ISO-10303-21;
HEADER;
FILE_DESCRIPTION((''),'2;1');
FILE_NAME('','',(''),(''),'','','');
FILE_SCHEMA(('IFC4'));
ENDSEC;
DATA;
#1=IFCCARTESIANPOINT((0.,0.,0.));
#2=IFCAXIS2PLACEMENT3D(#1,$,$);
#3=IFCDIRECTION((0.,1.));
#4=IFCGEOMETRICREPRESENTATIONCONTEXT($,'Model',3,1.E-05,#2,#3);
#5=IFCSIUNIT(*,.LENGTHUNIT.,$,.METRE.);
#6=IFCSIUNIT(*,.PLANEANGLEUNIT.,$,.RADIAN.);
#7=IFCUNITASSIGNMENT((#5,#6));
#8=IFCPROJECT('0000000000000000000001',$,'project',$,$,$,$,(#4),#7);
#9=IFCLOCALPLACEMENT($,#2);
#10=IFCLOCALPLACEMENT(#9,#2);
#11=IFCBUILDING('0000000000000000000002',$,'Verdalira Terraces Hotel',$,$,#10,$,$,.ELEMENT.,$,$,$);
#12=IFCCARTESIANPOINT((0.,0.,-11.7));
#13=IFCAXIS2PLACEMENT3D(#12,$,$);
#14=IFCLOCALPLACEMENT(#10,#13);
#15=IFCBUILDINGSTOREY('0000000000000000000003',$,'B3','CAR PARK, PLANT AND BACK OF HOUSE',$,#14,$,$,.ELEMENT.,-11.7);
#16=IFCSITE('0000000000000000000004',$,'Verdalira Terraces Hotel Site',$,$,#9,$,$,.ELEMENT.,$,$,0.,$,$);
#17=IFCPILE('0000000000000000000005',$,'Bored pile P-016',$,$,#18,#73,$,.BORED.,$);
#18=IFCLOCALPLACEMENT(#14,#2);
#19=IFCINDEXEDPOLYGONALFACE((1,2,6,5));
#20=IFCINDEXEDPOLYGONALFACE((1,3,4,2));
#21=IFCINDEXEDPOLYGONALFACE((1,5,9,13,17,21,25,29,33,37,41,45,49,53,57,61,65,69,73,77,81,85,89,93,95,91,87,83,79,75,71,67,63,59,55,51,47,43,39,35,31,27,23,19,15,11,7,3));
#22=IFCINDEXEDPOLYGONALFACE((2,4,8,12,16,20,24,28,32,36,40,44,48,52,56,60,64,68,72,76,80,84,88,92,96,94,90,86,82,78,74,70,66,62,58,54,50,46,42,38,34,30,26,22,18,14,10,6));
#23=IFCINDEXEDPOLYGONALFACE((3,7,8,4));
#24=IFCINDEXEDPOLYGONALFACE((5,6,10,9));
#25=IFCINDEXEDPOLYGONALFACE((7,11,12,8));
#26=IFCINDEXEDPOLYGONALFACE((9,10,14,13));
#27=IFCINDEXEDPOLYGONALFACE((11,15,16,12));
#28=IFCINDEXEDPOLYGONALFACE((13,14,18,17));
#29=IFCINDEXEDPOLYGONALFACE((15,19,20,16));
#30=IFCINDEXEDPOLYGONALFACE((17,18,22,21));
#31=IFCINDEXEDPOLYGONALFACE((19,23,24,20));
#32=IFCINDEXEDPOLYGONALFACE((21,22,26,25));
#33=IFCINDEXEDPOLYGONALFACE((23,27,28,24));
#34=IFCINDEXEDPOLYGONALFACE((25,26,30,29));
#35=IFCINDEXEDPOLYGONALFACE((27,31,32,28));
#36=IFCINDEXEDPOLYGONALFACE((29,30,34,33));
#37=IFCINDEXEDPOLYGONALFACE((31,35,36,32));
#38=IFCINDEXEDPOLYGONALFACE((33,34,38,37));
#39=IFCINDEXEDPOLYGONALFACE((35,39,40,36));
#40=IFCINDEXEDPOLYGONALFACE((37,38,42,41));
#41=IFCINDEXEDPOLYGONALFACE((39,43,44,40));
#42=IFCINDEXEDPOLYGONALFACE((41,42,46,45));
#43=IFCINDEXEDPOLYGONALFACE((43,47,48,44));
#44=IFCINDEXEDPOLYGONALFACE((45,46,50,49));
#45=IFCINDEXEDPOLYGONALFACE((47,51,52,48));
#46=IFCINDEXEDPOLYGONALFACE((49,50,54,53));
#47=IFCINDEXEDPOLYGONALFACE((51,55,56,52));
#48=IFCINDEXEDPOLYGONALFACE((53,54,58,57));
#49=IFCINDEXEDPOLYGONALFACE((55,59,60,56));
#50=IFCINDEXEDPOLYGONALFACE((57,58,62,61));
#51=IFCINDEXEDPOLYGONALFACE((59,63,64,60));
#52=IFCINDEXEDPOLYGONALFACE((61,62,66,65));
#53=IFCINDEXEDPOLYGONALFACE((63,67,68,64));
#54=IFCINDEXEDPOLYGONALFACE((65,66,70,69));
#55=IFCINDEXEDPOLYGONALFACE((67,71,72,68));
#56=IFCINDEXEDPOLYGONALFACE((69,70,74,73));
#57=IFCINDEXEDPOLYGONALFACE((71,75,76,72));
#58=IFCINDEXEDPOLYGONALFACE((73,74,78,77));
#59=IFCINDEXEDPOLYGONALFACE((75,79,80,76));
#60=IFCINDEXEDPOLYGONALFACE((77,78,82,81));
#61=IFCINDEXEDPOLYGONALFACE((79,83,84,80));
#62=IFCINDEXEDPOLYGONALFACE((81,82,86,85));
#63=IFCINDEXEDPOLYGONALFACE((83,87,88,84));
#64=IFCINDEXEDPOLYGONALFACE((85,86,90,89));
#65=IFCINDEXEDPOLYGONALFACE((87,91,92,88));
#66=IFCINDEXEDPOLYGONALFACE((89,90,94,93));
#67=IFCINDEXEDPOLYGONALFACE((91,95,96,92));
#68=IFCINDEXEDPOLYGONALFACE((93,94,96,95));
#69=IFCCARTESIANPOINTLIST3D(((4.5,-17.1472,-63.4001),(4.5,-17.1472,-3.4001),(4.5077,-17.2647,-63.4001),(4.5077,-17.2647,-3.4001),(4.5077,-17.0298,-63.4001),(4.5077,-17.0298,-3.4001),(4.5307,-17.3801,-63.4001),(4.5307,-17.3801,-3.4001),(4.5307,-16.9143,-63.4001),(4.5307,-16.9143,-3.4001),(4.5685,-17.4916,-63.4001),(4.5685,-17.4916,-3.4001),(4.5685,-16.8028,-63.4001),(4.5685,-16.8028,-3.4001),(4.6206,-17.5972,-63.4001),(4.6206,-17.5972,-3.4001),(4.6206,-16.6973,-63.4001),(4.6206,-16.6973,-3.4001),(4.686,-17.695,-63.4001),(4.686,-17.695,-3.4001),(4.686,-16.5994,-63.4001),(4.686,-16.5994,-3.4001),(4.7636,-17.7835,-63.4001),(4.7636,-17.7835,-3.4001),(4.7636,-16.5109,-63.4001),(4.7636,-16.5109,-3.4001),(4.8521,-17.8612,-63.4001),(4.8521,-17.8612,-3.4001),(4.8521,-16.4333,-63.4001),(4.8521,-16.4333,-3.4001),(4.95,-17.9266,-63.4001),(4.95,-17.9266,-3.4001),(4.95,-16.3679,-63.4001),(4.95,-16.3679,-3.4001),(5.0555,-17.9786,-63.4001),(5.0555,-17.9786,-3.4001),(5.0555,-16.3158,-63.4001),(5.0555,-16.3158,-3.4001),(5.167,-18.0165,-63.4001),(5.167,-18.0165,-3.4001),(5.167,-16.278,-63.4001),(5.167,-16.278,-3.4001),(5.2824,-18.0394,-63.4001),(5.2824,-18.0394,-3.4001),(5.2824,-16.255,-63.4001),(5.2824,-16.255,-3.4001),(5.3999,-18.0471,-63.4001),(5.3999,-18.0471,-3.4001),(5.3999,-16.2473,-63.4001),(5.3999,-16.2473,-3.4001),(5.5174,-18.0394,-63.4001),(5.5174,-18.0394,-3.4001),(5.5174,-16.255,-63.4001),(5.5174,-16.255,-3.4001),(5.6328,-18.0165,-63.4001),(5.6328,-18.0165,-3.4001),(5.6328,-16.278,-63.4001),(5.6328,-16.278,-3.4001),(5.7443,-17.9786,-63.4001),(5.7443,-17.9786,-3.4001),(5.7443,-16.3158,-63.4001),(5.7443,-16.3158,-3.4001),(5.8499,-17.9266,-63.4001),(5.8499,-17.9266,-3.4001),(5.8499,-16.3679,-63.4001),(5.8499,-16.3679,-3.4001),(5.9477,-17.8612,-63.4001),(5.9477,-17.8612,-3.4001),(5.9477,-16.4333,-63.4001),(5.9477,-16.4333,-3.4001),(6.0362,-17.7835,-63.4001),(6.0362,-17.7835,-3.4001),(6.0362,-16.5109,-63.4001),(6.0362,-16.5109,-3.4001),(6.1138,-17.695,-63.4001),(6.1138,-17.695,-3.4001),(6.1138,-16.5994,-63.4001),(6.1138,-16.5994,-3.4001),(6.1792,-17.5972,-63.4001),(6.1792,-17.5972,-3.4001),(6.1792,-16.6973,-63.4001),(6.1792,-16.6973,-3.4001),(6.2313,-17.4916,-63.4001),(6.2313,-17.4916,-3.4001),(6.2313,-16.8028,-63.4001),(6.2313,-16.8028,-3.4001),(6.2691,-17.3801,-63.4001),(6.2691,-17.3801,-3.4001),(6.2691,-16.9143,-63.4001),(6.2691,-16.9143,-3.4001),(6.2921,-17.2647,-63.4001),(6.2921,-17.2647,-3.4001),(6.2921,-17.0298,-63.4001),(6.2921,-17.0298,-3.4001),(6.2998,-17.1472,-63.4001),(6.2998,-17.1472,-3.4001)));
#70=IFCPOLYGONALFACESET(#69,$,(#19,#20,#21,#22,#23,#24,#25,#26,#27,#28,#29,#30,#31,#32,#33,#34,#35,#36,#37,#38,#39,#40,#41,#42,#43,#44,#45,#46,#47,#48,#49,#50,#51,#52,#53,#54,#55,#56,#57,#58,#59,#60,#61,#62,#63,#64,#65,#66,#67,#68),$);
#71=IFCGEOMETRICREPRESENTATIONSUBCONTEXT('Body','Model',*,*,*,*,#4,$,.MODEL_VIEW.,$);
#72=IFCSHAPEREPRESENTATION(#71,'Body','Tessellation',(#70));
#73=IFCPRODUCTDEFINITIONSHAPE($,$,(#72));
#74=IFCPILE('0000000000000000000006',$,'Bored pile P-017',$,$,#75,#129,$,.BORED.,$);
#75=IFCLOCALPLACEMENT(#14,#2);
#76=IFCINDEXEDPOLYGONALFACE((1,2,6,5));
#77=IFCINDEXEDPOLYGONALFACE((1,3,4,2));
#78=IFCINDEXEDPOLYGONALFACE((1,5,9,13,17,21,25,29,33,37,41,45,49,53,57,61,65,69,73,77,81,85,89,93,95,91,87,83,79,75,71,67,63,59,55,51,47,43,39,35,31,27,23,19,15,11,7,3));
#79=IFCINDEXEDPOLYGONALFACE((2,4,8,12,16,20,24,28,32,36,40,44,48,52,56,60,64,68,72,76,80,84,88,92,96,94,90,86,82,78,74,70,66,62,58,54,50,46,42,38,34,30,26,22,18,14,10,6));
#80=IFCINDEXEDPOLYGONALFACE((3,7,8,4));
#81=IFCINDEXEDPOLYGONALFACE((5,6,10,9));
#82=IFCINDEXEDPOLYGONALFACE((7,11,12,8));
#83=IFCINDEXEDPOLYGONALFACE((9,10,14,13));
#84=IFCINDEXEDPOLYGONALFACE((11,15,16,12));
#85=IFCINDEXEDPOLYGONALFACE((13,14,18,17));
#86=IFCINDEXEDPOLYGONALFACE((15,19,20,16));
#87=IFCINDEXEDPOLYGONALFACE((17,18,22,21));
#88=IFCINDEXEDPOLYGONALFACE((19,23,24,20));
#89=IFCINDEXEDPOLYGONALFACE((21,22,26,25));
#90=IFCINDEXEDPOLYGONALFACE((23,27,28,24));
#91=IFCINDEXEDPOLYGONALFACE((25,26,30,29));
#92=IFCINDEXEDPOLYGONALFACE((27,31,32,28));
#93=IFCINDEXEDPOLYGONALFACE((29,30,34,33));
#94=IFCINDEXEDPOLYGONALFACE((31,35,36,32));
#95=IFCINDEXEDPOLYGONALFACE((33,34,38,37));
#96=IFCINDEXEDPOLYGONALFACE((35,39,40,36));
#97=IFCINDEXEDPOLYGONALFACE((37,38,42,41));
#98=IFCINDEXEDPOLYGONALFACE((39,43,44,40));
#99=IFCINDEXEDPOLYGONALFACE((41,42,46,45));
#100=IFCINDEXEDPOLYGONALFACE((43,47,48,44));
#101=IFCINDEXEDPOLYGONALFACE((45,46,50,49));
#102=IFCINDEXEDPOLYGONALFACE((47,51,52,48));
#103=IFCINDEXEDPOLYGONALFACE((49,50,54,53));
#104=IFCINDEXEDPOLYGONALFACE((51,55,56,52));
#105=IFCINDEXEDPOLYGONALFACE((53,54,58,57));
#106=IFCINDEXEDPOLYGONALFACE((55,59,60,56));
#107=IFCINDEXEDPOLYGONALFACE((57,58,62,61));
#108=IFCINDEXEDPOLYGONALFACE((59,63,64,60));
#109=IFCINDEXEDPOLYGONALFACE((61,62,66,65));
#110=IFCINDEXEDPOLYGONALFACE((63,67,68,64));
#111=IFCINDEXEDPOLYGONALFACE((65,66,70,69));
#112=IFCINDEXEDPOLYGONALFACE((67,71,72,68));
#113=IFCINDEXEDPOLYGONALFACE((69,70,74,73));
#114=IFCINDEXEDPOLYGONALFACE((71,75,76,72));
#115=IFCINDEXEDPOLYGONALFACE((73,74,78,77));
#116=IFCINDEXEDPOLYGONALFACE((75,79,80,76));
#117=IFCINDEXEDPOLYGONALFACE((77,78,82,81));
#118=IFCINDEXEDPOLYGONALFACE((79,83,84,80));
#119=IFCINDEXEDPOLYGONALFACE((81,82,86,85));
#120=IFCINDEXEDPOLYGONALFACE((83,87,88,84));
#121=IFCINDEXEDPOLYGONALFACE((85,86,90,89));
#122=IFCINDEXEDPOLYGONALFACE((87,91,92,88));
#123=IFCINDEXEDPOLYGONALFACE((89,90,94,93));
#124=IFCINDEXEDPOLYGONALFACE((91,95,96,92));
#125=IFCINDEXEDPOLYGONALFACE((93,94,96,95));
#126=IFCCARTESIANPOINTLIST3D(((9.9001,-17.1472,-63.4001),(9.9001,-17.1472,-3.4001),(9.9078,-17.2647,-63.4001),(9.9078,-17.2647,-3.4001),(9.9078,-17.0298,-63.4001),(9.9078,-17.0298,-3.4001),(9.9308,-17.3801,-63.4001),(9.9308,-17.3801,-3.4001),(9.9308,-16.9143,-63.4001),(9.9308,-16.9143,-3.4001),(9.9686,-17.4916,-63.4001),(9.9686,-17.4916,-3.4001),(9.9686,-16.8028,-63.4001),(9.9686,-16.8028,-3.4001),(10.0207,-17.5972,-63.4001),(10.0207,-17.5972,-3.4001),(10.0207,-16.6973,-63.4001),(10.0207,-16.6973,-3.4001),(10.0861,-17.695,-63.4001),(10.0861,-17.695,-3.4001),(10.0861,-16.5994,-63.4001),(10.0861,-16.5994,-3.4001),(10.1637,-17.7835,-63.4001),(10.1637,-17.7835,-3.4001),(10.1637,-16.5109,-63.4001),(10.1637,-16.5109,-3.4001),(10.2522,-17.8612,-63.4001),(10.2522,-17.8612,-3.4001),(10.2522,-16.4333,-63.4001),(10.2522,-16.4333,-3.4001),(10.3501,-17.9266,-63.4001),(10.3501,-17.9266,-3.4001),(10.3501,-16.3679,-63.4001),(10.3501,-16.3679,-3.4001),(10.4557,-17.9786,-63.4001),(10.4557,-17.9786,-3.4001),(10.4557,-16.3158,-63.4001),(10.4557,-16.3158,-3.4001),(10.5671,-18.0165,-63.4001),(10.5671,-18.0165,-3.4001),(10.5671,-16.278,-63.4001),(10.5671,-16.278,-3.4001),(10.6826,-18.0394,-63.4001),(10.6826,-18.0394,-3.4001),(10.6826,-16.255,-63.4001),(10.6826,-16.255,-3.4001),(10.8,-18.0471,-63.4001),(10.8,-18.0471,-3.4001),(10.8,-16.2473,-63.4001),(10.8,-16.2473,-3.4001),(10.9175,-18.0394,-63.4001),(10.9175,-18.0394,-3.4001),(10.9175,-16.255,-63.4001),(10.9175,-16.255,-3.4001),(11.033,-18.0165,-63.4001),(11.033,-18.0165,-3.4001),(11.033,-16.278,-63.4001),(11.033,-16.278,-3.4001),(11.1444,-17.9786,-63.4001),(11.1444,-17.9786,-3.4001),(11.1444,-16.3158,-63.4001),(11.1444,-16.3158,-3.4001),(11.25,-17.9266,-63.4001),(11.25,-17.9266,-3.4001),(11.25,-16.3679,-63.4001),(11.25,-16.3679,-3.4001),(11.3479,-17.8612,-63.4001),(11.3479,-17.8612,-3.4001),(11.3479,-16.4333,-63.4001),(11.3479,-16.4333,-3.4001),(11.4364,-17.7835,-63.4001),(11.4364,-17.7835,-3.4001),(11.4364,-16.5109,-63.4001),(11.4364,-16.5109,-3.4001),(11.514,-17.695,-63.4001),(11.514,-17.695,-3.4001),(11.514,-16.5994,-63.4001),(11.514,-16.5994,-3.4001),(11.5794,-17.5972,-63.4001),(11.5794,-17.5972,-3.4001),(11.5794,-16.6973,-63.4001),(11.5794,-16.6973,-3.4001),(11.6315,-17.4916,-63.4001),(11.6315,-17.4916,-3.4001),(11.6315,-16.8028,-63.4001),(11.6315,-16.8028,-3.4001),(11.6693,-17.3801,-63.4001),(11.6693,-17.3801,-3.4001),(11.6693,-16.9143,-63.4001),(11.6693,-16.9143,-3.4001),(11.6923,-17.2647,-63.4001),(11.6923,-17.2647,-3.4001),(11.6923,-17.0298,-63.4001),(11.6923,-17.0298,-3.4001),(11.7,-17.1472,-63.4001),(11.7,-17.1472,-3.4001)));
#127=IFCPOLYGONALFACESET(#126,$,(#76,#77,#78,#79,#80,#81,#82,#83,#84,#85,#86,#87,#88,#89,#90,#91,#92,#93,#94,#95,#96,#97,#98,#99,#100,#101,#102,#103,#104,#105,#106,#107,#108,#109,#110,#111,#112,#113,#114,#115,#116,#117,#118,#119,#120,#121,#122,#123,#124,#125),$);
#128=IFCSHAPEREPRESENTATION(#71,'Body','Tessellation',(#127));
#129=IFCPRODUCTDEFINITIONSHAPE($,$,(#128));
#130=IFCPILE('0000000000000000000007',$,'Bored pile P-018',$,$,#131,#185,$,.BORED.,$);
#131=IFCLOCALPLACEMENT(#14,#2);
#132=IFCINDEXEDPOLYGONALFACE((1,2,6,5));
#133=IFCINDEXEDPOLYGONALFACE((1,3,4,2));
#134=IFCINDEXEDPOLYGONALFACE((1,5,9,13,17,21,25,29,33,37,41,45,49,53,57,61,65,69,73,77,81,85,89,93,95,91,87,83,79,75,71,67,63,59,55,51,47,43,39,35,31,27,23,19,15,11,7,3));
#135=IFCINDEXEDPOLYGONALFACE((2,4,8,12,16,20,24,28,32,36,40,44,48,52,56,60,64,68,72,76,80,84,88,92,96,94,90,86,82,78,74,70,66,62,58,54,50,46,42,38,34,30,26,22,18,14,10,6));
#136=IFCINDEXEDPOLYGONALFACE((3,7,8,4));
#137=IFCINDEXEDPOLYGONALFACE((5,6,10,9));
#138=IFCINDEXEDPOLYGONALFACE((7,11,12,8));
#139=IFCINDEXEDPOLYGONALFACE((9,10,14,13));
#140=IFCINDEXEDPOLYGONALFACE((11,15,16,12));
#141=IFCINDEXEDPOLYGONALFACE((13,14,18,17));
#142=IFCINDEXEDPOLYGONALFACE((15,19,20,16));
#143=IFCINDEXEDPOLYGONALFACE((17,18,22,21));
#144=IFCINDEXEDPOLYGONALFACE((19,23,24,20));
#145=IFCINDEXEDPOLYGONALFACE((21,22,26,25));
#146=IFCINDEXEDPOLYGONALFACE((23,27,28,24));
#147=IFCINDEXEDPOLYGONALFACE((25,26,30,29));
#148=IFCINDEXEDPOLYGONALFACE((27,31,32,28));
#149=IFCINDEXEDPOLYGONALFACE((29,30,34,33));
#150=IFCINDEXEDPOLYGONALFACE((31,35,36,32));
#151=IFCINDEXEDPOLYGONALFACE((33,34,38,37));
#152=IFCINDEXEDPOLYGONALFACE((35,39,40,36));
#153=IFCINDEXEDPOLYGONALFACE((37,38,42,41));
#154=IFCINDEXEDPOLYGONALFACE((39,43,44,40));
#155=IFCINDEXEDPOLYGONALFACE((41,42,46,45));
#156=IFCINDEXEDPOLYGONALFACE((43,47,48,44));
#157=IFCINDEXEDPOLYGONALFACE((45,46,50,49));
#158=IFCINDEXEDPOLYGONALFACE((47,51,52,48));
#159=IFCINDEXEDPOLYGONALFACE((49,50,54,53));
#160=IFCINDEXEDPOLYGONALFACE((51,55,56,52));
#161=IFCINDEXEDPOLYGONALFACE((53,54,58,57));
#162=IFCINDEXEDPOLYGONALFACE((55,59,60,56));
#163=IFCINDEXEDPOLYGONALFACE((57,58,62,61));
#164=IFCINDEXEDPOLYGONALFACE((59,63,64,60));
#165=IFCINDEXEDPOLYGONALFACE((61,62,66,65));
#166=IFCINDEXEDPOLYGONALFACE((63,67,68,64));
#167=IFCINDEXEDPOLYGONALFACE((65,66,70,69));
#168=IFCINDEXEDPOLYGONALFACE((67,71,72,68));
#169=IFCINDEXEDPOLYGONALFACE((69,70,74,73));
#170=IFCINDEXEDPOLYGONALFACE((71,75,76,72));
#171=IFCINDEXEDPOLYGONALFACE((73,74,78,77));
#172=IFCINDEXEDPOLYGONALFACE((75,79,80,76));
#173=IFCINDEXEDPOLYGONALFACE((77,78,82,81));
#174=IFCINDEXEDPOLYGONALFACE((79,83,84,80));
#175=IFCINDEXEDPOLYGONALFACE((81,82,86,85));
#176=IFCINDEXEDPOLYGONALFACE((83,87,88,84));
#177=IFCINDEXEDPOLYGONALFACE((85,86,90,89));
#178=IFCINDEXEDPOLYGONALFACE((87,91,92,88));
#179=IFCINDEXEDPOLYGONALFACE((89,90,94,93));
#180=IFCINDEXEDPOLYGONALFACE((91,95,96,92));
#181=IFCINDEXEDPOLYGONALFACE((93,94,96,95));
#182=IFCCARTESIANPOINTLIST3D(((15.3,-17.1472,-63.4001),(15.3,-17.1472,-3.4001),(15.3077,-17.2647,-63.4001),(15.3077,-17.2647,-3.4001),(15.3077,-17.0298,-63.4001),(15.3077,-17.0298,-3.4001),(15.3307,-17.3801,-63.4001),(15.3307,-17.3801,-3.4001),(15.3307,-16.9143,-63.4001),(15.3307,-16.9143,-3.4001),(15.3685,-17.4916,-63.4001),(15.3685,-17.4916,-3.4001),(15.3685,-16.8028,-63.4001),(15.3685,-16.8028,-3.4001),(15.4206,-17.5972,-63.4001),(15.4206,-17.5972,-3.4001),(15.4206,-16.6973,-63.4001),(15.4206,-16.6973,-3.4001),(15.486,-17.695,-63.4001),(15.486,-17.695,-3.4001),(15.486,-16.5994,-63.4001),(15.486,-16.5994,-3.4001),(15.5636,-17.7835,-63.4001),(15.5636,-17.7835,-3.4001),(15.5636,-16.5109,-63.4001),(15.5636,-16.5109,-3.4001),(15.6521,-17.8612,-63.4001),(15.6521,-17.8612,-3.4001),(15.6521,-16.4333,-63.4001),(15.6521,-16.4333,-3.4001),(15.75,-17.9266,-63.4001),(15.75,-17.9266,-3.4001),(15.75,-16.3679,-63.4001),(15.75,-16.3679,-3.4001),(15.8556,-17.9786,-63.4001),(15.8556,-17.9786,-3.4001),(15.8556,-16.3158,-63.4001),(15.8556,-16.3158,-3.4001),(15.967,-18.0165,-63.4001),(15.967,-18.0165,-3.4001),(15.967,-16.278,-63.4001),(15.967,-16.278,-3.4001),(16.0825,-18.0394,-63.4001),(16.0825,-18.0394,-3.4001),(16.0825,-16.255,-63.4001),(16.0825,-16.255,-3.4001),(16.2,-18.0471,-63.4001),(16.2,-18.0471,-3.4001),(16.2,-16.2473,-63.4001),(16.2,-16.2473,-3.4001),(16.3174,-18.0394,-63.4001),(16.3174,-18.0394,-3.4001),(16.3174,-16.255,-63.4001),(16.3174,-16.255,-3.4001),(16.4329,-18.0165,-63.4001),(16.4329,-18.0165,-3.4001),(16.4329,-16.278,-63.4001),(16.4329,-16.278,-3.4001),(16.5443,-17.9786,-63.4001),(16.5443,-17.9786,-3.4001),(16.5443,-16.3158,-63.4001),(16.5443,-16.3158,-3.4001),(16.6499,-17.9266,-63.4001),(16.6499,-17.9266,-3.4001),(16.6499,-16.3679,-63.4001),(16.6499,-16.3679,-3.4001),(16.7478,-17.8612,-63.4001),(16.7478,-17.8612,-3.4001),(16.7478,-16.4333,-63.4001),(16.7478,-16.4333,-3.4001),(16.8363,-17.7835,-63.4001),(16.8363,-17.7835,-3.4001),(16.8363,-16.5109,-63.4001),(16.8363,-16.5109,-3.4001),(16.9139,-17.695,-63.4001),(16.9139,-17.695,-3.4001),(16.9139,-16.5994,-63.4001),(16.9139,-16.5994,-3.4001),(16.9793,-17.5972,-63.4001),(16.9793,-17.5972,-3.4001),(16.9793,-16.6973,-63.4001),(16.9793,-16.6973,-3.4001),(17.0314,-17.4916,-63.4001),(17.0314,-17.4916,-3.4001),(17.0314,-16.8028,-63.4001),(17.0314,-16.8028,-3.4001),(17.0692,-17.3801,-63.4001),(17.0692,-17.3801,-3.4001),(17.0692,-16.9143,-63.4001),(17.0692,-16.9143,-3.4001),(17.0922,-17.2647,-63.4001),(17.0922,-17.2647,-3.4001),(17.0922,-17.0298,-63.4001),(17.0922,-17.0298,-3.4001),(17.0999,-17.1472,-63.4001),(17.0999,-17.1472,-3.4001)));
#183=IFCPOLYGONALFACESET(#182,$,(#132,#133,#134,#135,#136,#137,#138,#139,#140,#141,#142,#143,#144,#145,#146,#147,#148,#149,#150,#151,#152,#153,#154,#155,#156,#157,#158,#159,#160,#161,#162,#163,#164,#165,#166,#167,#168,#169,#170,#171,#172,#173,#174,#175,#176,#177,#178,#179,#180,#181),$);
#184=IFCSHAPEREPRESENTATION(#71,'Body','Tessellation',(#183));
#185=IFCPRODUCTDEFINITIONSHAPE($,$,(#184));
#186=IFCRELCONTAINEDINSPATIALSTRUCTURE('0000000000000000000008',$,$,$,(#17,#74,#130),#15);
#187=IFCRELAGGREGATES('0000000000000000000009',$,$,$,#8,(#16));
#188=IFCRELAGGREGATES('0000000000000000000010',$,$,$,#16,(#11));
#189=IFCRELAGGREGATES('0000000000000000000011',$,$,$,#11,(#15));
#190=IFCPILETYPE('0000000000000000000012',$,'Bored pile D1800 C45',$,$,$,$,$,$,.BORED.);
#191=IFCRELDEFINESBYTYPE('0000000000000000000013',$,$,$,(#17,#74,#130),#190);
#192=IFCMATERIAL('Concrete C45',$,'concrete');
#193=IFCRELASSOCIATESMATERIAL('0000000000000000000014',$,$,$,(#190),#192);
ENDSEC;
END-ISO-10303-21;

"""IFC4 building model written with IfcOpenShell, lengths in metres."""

from ifc_helpers import new_model, si_unit, direction, frame, origin, origin_2d, place, context, subcontext, project, spatial, circle, extrude, material, material_profile, profile_set, type_object, element, save


model = new_model("IFC4")

# Units and contexts
model_context = context("Model", 3, precision=1e-05, world=origin(), true_north=direction((0.0, 1.0)))
body_context = subcontext(model_context, "Body", "Model", "MODEL_VIEW")
ifc_project = project(units=[si_unit("LENGTHUNIT", "METRE"), si_unit("PLANEANGLEUNIT", "RADIAN")], contexts=[model_context])

# Site, building, storey
site_placement = place(None, origin())
site = spatial("IfcSite", under=ifc_project, at=site_placement, Name="Verdalira Terraces Hotel Site", CompositionType="ELEMENT", RefElevation=0.0)
building_placement = place(site_placement, origin())
building = spatial("IfcBuilding", under=site, at=building_placement, Name="Verdalira Terraces Hotel", CompositionType="ELEMENT")
storey_placement = place(building_placement, frame((0.0, 0.0, -11.7)))
storey = spatial("IfcBuildingStorey", under=building, at=storey_placement, Name="B3", Description="CAR PARK, PLANT AND BACK OF HOUSE", CompositionType="ELEMENT", Elevation=-11.7)

# Piles
ifc_material_1 = material(Name="Concrete C45", Category="concrete")
ifc_material_profile_1 = material_profile(ifc_material_1, circle(Radius=0.8999, at=origin_2d()), Name="D1800")
ifc_profile_set_1 = profile_set([ifc_material_profile_1], Name="Concrete C45")
pile_type = type_object("IfcPileType", Name="Bored pile D1800 C45", PredefinedType="BORED", material=ifc_profile_set_1)
for number, where, z_axis, x_axis, name in (
    (1, (5.3999, -17.1472, -3.4001), (0.0, 0.0, -1.0), (1.0, 0.0, 0.0), "Bored pile P-016"),
    (2, (10.8, -17.1472, -3.4001), (0.0, 0.0, -1.0), (1.0, 0.0, 0.0), "Bored pile P-017"),
    (3, (16.2, -17.1472, -3.4001), (0.0, 0.0, -1.0), (1.0, 0.0, 0.0), "Bored pile P-018"),
):
    element("IfcPile", number, at=place(storey_placement, frame(where, z_axis=z_axis, x_axis=x_axis)), inside=storey, type_object=pile_type, Name=name, PredefinedType="BORED", context=body_context, shape_type="SweptSolid", body=[
        extrude(circle(Radius=0.8999, at=origin_2d()), origin(), (0.0, 0.0, 1.0), 60.0),
    ])

save(model, "model.ifc")
